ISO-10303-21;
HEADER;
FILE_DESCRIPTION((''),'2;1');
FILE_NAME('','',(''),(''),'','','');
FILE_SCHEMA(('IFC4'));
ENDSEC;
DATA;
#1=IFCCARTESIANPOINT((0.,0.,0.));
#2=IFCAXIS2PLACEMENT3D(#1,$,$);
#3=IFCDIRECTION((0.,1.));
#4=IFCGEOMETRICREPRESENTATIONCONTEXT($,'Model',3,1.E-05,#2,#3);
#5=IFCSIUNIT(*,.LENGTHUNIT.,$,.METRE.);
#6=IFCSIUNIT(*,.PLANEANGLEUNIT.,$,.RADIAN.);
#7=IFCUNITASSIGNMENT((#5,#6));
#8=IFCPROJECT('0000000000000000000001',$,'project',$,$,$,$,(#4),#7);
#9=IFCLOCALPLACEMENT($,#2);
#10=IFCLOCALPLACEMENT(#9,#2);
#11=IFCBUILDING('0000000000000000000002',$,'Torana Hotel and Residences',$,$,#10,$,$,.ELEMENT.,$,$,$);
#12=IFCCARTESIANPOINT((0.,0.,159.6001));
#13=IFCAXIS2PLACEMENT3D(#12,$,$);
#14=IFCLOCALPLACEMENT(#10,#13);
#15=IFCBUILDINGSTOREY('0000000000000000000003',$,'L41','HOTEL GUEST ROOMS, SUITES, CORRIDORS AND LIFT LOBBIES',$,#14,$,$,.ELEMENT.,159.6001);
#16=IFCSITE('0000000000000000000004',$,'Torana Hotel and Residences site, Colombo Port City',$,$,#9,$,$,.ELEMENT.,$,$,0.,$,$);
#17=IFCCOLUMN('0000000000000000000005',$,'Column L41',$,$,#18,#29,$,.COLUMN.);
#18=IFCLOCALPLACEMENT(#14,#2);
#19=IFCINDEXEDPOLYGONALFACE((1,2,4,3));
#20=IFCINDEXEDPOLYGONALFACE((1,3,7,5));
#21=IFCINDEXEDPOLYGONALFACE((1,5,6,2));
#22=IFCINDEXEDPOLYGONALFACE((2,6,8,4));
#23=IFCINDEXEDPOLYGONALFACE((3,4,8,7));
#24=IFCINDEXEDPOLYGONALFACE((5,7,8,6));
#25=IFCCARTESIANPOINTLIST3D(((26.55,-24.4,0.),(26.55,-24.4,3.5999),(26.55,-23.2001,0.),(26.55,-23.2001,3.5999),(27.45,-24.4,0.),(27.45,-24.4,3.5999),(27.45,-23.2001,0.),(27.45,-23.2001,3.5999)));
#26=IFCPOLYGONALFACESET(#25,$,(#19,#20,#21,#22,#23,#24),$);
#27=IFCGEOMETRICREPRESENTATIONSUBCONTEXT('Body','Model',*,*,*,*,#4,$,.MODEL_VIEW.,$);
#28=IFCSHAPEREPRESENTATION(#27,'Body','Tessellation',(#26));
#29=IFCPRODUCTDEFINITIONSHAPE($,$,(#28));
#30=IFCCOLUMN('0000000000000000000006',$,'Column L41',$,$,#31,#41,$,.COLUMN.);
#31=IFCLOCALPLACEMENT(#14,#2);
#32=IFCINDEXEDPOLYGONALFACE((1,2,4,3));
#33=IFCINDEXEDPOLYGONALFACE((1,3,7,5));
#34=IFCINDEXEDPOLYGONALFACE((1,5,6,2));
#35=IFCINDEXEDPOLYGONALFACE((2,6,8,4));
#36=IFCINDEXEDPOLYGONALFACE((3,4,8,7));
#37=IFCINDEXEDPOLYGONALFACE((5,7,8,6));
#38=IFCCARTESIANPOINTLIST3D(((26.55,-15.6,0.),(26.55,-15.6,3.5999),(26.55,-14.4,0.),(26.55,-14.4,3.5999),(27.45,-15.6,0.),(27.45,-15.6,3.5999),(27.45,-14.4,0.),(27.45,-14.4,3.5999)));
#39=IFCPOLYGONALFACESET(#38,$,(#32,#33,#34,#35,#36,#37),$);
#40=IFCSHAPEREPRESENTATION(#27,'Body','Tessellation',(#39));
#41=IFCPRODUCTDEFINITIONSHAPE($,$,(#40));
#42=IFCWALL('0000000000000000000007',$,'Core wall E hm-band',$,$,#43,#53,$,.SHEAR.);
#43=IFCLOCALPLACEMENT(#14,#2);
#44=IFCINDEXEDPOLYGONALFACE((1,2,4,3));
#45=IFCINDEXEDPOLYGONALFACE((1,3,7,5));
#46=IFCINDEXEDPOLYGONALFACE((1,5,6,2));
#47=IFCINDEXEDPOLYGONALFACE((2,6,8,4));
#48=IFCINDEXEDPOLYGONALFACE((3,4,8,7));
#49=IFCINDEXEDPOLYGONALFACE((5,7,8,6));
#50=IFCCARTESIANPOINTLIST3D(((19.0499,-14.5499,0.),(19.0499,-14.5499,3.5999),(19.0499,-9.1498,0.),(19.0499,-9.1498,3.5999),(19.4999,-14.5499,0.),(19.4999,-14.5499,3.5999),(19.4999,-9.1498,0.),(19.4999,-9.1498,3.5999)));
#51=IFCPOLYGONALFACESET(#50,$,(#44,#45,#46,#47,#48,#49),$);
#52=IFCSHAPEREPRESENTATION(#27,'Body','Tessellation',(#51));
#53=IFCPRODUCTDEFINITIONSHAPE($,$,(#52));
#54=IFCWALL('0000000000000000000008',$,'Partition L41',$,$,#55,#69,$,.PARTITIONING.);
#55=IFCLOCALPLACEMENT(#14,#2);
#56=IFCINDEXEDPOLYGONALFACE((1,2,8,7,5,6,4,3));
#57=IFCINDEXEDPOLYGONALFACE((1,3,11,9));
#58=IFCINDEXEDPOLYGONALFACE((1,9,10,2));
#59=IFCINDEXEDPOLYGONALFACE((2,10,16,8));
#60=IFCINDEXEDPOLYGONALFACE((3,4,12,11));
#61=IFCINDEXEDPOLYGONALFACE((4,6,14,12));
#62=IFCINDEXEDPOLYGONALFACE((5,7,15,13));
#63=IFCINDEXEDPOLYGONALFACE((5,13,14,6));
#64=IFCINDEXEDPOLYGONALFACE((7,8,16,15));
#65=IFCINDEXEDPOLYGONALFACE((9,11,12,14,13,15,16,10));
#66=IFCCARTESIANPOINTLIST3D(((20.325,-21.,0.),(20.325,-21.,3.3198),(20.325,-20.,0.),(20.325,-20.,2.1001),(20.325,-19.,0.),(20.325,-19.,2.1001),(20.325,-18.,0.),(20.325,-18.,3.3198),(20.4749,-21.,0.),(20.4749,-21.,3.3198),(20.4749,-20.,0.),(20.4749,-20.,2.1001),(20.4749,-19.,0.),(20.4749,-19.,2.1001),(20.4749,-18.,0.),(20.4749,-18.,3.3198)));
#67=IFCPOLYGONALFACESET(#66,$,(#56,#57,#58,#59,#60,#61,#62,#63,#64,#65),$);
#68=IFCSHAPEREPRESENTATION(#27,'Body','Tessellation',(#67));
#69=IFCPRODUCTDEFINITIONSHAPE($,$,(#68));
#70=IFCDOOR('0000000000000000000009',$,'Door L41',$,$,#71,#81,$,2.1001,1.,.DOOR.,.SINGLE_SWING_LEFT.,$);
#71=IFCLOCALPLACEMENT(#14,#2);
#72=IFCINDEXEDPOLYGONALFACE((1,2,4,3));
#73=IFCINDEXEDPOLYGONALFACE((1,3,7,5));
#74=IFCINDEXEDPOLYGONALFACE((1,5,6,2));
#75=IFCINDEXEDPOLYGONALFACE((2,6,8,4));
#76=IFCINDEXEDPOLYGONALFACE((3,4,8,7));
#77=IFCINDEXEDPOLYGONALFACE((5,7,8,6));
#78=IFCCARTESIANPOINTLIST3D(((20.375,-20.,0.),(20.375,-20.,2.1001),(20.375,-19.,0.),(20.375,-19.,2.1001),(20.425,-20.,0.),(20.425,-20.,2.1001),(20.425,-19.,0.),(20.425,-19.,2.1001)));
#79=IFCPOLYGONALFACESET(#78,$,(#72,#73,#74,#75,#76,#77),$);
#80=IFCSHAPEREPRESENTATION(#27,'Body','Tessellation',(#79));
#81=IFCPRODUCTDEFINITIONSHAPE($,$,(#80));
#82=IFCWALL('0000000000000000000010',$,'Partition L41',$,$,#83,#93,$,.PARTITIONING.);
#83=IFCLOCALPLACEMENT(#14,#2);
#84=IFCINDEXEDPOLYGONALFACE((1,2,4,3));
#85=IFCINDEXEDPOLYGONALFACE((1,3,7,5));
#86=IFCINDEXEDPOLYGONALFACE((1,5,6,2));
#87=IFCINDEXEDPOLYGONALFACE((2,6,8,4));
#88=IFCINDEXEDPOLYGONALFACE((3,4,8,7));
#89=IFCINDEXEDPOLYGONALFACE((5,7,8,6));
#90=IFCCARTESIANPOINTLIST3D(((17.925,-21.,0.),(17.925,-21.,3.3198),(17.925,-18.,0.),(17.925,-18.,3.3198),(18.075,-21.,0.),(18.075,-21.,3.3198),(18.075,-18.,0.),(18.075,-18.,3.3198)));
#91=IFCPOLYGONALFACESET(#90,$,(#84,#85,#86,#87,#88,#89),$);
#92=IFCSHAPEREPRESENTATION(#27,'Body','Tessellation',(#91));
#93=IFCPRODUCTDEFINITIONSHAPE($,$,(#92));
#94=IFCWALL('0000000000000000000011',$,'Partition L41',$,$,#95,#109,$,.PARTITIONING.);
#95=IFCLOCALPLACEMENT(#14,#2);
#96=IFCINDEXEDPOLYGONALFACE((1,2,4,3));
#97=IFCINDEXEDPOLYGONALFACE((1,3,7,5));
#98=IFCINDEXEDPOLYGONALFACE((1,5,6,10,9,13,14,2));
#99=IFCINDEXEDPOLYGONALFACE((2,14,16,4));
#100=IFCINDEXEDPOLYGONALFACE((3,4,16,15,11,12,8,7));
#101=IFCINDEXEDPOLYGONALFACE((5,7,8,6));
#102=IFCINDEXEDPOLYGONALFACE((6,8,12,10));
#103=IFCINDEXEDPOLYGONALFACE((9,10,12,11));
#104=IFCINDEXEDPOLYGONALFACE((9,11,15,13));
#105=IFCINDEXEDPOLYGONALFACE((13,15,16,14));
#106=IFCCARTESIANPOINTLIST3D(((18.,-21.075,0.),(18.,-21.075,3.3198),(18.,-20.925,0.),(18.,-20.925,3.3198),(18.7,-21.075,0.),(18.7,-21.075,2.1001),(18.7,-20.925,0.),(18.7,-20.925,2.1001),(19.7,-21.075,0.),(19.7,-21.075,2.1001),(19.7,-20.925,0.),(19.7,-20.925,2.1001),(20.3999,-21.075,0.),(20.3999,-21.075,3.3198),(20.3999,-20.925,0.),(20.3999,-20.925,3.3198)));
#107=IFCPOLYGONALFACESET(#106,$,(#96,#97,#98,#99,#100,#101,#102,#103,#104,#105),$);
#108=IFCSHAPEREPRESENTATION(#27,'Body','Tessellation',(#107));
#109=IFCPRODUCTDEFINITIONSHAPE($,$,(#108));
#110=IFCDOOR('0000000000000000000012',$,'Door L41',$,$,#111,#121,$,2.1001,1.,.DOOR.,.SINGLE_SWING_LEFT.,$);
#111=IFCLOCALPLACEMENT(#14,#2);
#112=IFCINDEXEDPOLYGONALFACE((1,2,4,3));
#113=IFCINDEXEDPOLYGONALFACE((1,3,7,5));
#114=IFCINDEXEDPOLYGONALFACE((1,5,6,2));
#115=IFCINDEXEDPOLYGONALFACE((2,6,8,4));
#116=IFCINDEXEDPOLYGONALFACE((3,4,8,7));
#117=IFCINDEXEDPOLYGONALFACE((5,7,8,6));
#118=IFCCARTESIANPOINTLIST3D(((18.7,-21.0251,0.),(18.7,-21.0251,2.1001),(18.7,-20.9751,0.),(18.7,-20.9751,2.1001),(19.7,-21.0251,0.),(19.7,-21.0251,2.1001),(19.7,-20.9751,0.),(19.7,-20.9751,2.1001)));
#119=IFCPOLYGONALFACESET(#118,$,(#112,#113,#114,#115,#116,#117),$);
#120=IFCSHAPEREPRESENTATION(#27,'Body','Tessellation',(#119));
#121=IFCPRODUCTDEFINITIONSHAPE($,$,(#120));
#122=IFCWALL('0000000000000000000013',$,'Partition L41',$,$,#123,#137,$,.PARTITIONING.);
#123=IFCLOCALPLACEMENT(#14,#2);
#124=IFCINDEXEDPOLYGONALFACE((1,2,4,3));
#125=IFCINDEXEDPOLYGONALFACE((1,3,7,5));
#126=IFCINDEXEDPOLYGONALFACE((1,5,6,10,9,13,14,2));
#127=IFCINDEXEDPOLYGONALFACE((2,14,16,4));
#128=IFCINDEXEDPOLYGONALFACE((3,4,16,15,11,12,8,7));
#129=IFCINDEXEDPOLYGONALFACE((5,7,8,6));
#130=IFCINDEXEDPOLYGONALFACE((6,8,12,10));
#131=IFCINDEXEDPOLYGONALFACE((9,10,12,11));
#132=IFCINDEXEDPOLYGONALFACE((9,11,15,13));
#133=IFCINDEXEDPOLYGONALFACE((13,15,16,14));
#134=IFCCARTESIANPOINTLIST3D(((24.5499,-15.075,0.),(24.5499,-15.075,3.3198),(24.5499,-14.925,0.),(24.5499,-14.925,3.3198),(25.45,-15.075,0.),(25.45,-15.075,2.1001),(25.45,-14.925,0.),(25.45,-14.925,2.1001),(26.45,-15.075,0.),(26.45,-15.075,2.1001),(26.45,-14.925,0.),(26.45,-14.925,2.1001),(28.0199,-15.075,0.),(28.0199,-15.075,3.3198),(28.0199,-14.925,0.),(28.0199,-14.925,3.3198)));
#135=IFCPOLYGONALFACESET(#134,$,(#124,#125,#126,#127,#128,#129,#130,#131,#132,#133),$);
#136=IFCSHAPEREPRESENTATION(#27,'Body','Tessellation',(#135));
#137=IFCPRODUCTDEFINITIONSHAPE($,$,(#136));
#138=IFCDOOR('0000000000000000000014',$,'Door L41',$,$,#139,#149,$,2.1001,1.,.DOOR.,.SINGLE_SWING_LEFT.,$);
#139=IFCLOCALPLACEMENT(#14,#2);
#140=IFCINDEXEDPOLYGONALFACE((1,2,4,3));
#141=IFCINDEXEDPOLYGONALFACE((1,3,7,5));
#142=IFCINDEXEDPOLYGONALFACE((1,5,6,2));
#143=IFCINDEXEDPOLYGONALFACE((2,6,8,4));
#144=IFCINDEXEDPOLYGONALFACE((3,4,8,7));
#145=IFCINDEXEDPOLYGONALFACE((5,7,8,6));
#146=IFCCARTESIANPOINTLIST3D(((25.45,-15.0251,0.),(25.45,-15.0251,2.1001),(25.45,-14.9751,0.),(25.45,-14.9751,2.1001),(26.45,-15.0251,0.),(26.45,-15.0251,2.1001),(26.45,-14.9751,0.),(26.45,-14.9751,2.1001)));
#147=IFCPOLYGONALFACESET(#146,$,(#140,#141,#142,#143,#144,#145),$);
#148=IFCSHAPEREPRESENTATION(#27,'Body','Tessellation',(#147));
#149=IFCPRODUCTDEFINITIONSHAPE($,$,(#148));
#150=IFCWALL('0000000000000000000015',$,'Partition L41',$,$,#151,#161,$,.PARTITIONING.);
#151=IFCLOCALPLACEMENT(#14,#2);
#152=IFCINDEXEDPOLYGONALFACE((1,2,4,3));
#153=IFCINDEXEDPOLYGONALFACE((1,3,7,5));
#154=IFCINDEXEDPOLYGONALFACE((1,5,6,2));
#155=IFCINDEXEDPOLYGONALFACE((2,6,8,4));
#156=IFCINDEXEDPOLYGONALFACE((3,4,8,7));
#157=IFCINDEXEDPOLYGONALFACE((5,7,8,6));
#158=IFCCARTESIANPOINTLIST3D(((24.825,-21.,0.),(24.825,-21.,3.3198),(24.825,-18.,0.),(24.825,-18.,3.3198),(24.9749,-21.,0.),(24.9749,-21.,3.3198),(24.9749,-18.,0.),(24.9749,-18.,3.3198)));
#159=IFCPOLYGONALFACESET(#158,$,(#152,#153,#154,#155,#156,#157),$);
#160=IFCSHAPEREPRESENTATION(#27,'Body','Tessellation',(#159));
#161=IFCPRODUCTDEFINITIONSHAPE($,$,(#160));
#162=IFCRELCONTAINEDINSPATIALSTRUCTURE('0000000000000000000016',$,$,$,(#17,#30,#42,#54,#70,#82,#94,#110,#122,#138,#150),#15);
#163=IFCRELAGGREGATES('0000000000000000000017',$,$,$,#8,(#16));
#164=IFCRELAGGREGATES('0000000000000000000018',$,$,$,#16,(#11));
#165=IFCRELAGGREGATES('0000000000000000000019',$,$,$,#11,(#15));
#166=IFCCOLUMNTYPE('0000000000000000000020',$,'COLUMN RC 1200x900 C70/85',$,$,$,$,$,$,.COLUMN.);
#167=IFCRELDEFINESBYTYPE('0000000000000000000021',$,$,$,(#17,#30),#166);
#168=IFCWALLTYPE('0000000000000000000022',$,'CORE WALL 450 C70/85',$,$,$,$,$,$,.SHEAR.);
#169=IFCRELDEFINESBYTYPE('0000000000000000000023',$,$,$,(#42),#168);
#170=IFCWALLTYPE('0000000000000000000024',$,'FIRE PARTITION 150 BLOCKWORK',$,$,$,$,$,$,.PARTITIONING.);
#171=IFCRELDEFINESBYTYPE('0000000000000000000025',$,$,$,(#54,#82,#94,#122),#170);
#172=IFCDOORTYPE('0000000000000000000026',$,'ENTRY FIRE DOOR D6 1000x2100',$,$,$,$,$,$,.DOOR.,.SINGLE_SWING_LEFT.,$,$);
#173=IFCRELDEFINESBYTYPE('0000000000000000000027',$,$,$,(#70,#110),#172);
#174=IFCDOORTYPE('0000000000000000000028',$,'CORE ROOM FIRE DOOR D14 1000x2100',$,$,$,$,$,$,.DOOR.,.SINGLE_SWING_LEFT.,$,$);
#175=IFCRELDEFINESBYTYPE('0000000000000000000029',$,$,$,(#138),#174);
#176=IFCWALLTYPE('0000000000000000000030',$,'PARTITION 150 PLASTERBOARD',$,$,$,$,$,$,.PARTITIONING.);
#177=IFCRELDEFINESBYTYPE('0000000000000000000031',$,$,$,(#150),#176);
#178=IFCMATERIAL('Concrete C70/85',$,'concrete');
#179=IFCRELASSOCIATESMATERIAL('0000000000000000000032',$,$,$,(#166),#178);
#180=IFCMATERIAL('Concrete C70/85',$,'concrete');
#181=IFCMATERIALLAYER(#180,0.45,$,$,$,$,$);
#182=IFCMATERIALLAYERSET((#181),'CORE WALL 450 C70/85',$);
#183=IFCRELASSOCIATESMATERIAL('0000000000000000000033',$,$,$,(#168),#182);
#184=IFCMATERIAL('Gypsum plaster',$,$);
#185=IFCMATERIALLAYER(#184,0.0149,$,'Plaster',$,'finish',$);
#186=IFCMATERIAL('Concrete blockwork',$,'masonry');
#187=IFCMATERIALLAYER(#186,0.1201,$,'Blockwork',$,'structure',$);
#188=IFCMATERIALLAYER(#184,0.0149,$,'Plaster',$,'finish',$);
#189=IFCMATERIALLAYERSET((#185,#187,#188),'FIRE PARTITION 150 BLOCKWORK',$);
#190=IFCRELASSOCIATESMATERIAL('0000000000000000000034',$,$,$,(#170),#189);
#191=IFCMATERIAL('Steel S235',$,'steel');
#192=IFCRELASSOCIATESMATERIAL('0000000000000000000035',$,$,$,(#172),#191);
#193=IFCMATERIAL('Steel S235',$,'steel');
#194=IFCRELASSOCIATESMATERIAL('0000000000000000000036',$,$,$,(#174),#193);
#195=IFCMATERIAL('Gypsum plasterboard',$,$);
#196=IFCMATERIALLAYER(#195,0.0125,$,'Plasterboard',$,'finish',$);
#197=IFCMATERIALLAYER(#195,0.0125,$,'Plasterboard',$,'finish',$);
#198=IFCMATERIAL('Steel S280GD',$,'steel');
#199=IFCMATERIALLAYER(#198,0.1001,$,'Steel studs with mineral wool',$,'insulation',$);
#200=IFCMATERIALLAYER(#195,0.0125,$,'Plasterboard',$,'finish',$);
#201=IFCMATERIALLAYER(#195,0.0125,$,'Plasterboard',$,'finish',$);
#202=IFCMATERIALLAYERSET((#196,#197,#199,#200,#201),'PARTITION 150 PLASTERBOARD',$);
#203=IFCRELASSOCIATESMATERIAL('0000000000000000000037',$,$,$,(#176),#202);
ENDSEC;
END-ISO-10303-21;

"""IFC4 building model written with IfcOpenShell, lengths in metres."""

from ifc_helpers import new_model, si_unit, direction, frame, frame_2d, origin, origin_2d, place, context, subcontext, project, spatial, rectangle, extrude, material, layer, layer_set, material_profile, profile_set, type_object, element, fill, save


model = new_model("IFC4")

# Units and contexts
model_context = context("Model", 3, precision=1e-05, world=origin(), true_north=direction((0.0, 1.0)))
body_context = subcontext(model_context, "Body", "Model", "MODEL_VIEW")
ifc_project = project(units=[si_unit("LENGTHUNIT", "METRE"), si_unit("PLANEANGLEUNIT", "RADIAN")], contexts=[model_context])

# Site, building, storey
site_placement = place(None, origin())
site = spatial("IfcSite", under=ifc_project, at=site_placement, Name="Torana Hotel and Residences site, Colombo Port City", CompositionType="ELEMENT", RefElevation=0.0)
building_placement = place(site_placement, origin())
building = spatial("IfcBuilding", under=site, at=building_placement, Name="Torana Hotel and Residences", CompositionType="ELEMENT")
storey_placement = place(building_placement, frame((0.0, 0.0, 159.6001)))
storey = spatial("IfcBuildingStorey", under=building, at=storey_placement, Name="L41", Description="HOTEL GUEST ROOMS, SUITES, CORRIDORS AND LIFT LOBBIES", CompositionType="ELEMENT", Elevation=159.6001)

# Columns
ifc_material_1 = material(Name="Concrete C70/85", Category="concrete")
ifc_material_profile = material_profile(ifc_material_1, rectangle(XDim=1.2, YDim=0.8999, at=origin_2d()), Name="RC 1200x900")
ifc_profile_set = profile_set([ifc_material_profile], Name="Concrete C70/85")
column_type = type_object("IfcColumnType", Name="COLUMN RC 1200x900 C70/85", PredefinedType="COLUMN", material=ifc_profile_set)
for number, where, z_axis, x_axis, name in (
    (1, (27.0, -23.8, 0.0), (0.0, 0.0, 1.0), (0.0, 1.0, 0.0), "Column L41"),
    (2, (27.0, -15.0, 0.0), (0.0, 0.0, 1.0), (0.0, 1.0, 0.0), "Column L41"),
):
    element("IfcColumn", number, at=place(storey_placement, frame(where, z_axis=z_axis, x_axis=x_axis)), inside=storey, type_object=column_type, Name=name, PredefinedType="COLUMN", context=body_context, shape_type="SweptSolid", body=[
        extrude(rectangle(XDim=1.2, YDim=0.8999, at=origin_2d()), origin(), (0.0, 0.0, 1.0), 3.5999),
    ])

# Wall
ifc_material_2 = material(Name="Concrete C70/85", Category="concrete")
ifc_layer_1 = layer(ifc_material_2, 0.45)
ifc_layer_set_1 = layer_set([ifc_layer_1], Name="CORE WALL 450 C70/85")
wall_type_1 = type_object("IfcWallType", Name="CORE WALL 450 C70/85", PredefinedType="SHEAR", material=ifc_layer_set_1)
wall_1_placement = place(storey_placement, frame((19.2749, -14.55, 0.0), z_axis=(0.0, 0.0, 1.0), x_axis=(0.0, 1.0, 0.0)))
element("IfcWall", 3, at=wall_1_placement, inside=storey, type_object=wall_type_1, Name="Core wall E hm-band", PredefinedType="SHEAR", context=body_context, shape_type="SweptSolid", body=[
    extrude(rectangle(XDim=5.4001, YDim=0.45, at=frame_2d((2.7002, 0.0))), origin(), (0.0, 0.0, 1.0), 3.5999),
])

# Wall, opening, door
ifc_material_3 = material(Name="Gypsum plaster")
ifc_layer_2 = layer(ifc_material_3, 0.0149, Name="Plaster", Category="finish")
ifc_material_4 = material(Name="Concrete blockwork", Category="masonry")
ifc_layer_3 = layer(ifc_material_4, 0.1201, Name="Blockwork", Category="structure")
ifc_layer_4 = layer(ifc_material_3, 0.0149, Name="Plaster", Category="finish")
ifc_layer_set_2 = layer_set([ifc_layer_2, ifc_layer_3, ifc_layer_4], Name="FIRE PARTITION 150 BLOCKWORK")
wall_type_2 = type_object("IfcWallType", Name="FIRE PARTITION 150 BLOCKWORK", PredefinedType="PARTITIONING", material=ifc_layer_set_2)
wall_2_placement = place(storey_placement, frame((20.3999, -21.0, 0.0), z_axis=(0.0, 0.0, 1.0), x_axis=(0.0, 1.0, 0.0)))
wall_2 = element("IfcWall", 4, at=wall_2_placement, inside=storey, type_object=wall_type_2, Name="Partition L41", PredefinedType="PARTITIONING", context=body_context, shape_type="SweptSolid", body=[
    extrude(rectangle(XDim=3.0, YDim=0.1499, at=frame_2d((1.5, 0.0))), origin(), (0.0, 0.0, 1.0), 3.3198),
])
opening_1_placement = place(wall_2_placement, frame((1.0, 0.0, 0.0)))
opening_1 = element("IfcOpeningElement", 5, at=opening_1_placement, cuts=wall_2, PredefinedType="OPENING", context=body_context, shape_type="SweptSolid", body=[
    extrude(rectangle(XDim=1.0, YDim=2.1001, at=frame_2d((0.5, 1.05))), frame((0.0, 0.085, 0.0), z_axis=(0.0, -1.0, 0.0), x_axis=(1.0, 0.0, 0.0)), (0.0, 0.0, 1.0), 0.1699),
])
ifc_material_5 = material(Name="Steel S235", Category="steel")
door_type_1 = type_object("IfcDoorType", Name="ENTRY FIRE DOOR D6 1000x2100", OperationType="SINGLE_SWING_LEFT", PredefinedType="DOOR", material=ifc_material_5)
door_1_placement = place(opening_1_placement, frame((0.5, 0.0, 0.0), z_axis=(0.0, 0.0, 1.0), x_axis=(-1.0, 0.0, 0.0)))
door_1 = element("IfcDoor", 6, at=door_1_placement, inside=storey, type_object=door_type_1, Name="Door L41", OperationType="SINGLE_SWING_LEFT", OverallHeight=2.1001, OverallWidth=1.0, PredefinedType="DOOR", context=body_context, shape_type="SweptSolid", body=[
    extrude(rectangle(XDim=1.0, YDim=2.1001, at=frame_2d((0.0, 1.05))), frame((0.0, -0.0249, 0.0), z_axis=(0.0, 1.0, 0.0), x_axis=(-1.0, 0.0, 0.0)), (0.0, 0.0, 1.0), 0.05),
])
fill(opening_1, door_1)

# Wall
wall_3_placement = place(storey_placement, frame((18.0, -21.0, 0.0), z_axis=(0.0, 0.0, 1.0), x_axis=(0.0, 1.0, 0.0)))
element("IfcWall", 7, at=wall_3_placement, inside=storey, type_object=wall_type_2, Name="Partition L41", PredefinedType="PARTITIONING", context=body_context, shape_type="SweptSolid", body=[
    extrude(rectangle(XDim=3.0, YDim=0.1499, at=frame_2d((1.5, 0.0))), origin(), (0.0, 0.0, 1.0), 3.3198),
])

# Walls, openings, doors
wall_4_placement = place(storey_placement, frame((18.0, -21.0, 0.0), z_axis=(0.0, 0.0, 1.0), x_axis=(1.0, 0.0, 0.0)))
wall_4 = element("IfcWall", 8, at=wall_4_placement, inside=storey, type_object=wall_type_2, Name="Partition L41", PredefinedType="PARTITIONING", context=body_context, shape_type="SweptSolid", body=[
    extrude(rectangle(XDim=2.3999, YDim=0.1499, at=frame_2d((1.2, 0.0))), origin(), (0.0, 0.0, 1.0), 3.3198),
])
opening_2_placement = place(wall_4_placement, frame((0.7, 0.0, 0.0)))
opening_2 = element("IfcOpeningElement", 9, at=opening_2_placement, cuts=wall_4, PredefinedType="OPENING", context=body_context, shape_type="SweptSolid", body=[
    extrude(rectangle(XDim=1.0, YDim=2.1001, at=frame_2d((0.5, 1.05))), frame((0.0, 0.085, 0.0), z_axis=(0.0, -1.0, 0.0), x_axis=(1.0, 0.0, 0.0)), (0.0, 0.0, 1.0), 0.1699),
])
door_2_placement = place(opening_2_placement, frame((0.5, 0.0, 0.0), z_axis=(0.0, 0.0, 1.0), x_axis=(-1.0, 0.0, 0.0)))
door_2 = element("IfcDoor", 10, at=door_2_placement, inside=storey, type_object=door_type_1, Name="Door L41", OperationType="SINGLE_SWING_LEFT", OverallHeight=2.1001, OverallWidth=1.0, PredefinedType="DOOR", context=body_context, shape_type="SweptSolid", body=[
    extrude(rectangle(XDim=1.0, YDim=2.1001, at=frame_2d((0.0, 1.05))), frame((0.0, -0.0249, 0.0), z_axis=(0.0, 1.0, 0.0), x_axis=(-1.0, 0.0, 0.0)), (0.0, 0.0, 1.0), 0.05),
])
fill(opening_2, door_2)
wall_5_placement = place(storey_placement, frame((24.55, -15.0, 0.0), z_axis=(0.0, 0.0, 1.0), x_axis=(1.0, 0.0, 0.0)))
wall_5 = element("IfcWall", 11, at=wall_5_placement, inside=storey, type_object=wall_type_2, Name="Partition L41", PredefinedType="PARTITIONING", context=body_context, shape_type="SweptSolid", body=[
    extrude(rectangle(XDim=3.47, YDim=0.1499, at=frame_2d((1.7349, 0.0))), origin(), (0.0, 0.0, 1.0), 3.3198),
])
opening_3_placement = place(wall_5_placement, frame((0.8999, 0.0, 0.0)))
opening_3 = element("IfcOpeningElement", 12, at=opening_3_placement, cuts=wall_5, PredefinedType="OPENING", context=body_context, shape_type="SweptSolid", body=[
    extrude(rectangle(XDim=1.0, YDim=2.1001, at=frame_2d((0.5, 1.05))), frame((0.0, 0.085, 0.0), z_axis=(0.0, -1.0, 0.0), x_axis=(1.0, 0.0, 0.0)), (0.0, 0.0, 1.0), 0.1699),
])
ifc_material_6 = material(Name="Steel S235", Category="steel")
door_type_2 = type_object("IfcDoorType", Name="CORE ROOM FIRE DOOR D14 1000x2100", OperationType="SINGLE_SWING_LEFT", PredefinedType="DOOR", material=ifc_material_6)
door_3_placement = place(opening_3_placement, origin())
door_3 = element("IfcDoor", 13, at=door_3_placement, inside=storey, type_object=door_type_2, Name="Door L41", OperationType="SINGLE_SWING_LEFT", OverallHeight=2.1001, OverallWidth=1.0, PredefinedType="DOOR", context=body_context, shape_type="SweptSolid", body=[
    extrude(rectangle(XDim=1.0, YDim=2.1001, at=frame_2d((0.5, 1.05))), frame((0.0, 0.0249, 0.0), z_axis=(0.0, -1.0, 0.0), x_axis=(1.0, 0.0, 0.0)), (0.0, 0.0, 1.0), 0.05),
])
fill(opening_3, door_3)

# Wall
ifc_material_7 = material(Name="Gypsum plasterboard")
ifc_layer_5 = layer(ifc_material_7, 0.0125, Name="Plasterboard", Category="finish")
ifc_layer_6 = layer(ifc_material_7, 0.0125, Name="Plasterboard", Category="finish")
ifc_material_8 = material(Name="Steel S280GD", Category="steel")
ifc_layer_7 = layer(ifc_material_8, 0.1001, Name="Steel studs with mineral wool", Category="insulation")
ifc_layer_8 = layer(ifc_material_7, 0.0125, Name="Plasterboard", Category="finish")
ifc_layer_9 = layer(ifc_material_7, 0.0125, Name="Plasterboard", Category="finish")
ifc_layer_set_3 = layer_set([ifc_layer_5, ifc_layer_6, ifc_layer_7, ifc_layer_8, ifc_layer_9], Name="PARTITION 150 PLASTERBOARD")
wall_type_3 = type_object("IfcWallType", Name="PARTITION 150 PLASTERBOARD", PredefinedType="PARTITIONING", material=ifc_layer_set_3)
wall_6_placement = place(storey_placement, frame((24.8999, -21.0, 0.0), z_axis=(0.0, 0.0, 1.0), x_axis=(0.0, 1.0, 0.0)))
element("IfcWall", 14, at=wall_6_placement, inside=storey, type_object=wall_type_3, Name="Partition L41", PredefinedType="PARTITIONING", context=body_context, shape_type="SweptSolid", body=[
    extrude(rectangle(XDim=3.0, YDim=0.1499, at=frame_2d((1.5, 0.0))), origin(), (0.0, 0.0, 1.0), 3.3198),
])

save(model, "model.ifc")
